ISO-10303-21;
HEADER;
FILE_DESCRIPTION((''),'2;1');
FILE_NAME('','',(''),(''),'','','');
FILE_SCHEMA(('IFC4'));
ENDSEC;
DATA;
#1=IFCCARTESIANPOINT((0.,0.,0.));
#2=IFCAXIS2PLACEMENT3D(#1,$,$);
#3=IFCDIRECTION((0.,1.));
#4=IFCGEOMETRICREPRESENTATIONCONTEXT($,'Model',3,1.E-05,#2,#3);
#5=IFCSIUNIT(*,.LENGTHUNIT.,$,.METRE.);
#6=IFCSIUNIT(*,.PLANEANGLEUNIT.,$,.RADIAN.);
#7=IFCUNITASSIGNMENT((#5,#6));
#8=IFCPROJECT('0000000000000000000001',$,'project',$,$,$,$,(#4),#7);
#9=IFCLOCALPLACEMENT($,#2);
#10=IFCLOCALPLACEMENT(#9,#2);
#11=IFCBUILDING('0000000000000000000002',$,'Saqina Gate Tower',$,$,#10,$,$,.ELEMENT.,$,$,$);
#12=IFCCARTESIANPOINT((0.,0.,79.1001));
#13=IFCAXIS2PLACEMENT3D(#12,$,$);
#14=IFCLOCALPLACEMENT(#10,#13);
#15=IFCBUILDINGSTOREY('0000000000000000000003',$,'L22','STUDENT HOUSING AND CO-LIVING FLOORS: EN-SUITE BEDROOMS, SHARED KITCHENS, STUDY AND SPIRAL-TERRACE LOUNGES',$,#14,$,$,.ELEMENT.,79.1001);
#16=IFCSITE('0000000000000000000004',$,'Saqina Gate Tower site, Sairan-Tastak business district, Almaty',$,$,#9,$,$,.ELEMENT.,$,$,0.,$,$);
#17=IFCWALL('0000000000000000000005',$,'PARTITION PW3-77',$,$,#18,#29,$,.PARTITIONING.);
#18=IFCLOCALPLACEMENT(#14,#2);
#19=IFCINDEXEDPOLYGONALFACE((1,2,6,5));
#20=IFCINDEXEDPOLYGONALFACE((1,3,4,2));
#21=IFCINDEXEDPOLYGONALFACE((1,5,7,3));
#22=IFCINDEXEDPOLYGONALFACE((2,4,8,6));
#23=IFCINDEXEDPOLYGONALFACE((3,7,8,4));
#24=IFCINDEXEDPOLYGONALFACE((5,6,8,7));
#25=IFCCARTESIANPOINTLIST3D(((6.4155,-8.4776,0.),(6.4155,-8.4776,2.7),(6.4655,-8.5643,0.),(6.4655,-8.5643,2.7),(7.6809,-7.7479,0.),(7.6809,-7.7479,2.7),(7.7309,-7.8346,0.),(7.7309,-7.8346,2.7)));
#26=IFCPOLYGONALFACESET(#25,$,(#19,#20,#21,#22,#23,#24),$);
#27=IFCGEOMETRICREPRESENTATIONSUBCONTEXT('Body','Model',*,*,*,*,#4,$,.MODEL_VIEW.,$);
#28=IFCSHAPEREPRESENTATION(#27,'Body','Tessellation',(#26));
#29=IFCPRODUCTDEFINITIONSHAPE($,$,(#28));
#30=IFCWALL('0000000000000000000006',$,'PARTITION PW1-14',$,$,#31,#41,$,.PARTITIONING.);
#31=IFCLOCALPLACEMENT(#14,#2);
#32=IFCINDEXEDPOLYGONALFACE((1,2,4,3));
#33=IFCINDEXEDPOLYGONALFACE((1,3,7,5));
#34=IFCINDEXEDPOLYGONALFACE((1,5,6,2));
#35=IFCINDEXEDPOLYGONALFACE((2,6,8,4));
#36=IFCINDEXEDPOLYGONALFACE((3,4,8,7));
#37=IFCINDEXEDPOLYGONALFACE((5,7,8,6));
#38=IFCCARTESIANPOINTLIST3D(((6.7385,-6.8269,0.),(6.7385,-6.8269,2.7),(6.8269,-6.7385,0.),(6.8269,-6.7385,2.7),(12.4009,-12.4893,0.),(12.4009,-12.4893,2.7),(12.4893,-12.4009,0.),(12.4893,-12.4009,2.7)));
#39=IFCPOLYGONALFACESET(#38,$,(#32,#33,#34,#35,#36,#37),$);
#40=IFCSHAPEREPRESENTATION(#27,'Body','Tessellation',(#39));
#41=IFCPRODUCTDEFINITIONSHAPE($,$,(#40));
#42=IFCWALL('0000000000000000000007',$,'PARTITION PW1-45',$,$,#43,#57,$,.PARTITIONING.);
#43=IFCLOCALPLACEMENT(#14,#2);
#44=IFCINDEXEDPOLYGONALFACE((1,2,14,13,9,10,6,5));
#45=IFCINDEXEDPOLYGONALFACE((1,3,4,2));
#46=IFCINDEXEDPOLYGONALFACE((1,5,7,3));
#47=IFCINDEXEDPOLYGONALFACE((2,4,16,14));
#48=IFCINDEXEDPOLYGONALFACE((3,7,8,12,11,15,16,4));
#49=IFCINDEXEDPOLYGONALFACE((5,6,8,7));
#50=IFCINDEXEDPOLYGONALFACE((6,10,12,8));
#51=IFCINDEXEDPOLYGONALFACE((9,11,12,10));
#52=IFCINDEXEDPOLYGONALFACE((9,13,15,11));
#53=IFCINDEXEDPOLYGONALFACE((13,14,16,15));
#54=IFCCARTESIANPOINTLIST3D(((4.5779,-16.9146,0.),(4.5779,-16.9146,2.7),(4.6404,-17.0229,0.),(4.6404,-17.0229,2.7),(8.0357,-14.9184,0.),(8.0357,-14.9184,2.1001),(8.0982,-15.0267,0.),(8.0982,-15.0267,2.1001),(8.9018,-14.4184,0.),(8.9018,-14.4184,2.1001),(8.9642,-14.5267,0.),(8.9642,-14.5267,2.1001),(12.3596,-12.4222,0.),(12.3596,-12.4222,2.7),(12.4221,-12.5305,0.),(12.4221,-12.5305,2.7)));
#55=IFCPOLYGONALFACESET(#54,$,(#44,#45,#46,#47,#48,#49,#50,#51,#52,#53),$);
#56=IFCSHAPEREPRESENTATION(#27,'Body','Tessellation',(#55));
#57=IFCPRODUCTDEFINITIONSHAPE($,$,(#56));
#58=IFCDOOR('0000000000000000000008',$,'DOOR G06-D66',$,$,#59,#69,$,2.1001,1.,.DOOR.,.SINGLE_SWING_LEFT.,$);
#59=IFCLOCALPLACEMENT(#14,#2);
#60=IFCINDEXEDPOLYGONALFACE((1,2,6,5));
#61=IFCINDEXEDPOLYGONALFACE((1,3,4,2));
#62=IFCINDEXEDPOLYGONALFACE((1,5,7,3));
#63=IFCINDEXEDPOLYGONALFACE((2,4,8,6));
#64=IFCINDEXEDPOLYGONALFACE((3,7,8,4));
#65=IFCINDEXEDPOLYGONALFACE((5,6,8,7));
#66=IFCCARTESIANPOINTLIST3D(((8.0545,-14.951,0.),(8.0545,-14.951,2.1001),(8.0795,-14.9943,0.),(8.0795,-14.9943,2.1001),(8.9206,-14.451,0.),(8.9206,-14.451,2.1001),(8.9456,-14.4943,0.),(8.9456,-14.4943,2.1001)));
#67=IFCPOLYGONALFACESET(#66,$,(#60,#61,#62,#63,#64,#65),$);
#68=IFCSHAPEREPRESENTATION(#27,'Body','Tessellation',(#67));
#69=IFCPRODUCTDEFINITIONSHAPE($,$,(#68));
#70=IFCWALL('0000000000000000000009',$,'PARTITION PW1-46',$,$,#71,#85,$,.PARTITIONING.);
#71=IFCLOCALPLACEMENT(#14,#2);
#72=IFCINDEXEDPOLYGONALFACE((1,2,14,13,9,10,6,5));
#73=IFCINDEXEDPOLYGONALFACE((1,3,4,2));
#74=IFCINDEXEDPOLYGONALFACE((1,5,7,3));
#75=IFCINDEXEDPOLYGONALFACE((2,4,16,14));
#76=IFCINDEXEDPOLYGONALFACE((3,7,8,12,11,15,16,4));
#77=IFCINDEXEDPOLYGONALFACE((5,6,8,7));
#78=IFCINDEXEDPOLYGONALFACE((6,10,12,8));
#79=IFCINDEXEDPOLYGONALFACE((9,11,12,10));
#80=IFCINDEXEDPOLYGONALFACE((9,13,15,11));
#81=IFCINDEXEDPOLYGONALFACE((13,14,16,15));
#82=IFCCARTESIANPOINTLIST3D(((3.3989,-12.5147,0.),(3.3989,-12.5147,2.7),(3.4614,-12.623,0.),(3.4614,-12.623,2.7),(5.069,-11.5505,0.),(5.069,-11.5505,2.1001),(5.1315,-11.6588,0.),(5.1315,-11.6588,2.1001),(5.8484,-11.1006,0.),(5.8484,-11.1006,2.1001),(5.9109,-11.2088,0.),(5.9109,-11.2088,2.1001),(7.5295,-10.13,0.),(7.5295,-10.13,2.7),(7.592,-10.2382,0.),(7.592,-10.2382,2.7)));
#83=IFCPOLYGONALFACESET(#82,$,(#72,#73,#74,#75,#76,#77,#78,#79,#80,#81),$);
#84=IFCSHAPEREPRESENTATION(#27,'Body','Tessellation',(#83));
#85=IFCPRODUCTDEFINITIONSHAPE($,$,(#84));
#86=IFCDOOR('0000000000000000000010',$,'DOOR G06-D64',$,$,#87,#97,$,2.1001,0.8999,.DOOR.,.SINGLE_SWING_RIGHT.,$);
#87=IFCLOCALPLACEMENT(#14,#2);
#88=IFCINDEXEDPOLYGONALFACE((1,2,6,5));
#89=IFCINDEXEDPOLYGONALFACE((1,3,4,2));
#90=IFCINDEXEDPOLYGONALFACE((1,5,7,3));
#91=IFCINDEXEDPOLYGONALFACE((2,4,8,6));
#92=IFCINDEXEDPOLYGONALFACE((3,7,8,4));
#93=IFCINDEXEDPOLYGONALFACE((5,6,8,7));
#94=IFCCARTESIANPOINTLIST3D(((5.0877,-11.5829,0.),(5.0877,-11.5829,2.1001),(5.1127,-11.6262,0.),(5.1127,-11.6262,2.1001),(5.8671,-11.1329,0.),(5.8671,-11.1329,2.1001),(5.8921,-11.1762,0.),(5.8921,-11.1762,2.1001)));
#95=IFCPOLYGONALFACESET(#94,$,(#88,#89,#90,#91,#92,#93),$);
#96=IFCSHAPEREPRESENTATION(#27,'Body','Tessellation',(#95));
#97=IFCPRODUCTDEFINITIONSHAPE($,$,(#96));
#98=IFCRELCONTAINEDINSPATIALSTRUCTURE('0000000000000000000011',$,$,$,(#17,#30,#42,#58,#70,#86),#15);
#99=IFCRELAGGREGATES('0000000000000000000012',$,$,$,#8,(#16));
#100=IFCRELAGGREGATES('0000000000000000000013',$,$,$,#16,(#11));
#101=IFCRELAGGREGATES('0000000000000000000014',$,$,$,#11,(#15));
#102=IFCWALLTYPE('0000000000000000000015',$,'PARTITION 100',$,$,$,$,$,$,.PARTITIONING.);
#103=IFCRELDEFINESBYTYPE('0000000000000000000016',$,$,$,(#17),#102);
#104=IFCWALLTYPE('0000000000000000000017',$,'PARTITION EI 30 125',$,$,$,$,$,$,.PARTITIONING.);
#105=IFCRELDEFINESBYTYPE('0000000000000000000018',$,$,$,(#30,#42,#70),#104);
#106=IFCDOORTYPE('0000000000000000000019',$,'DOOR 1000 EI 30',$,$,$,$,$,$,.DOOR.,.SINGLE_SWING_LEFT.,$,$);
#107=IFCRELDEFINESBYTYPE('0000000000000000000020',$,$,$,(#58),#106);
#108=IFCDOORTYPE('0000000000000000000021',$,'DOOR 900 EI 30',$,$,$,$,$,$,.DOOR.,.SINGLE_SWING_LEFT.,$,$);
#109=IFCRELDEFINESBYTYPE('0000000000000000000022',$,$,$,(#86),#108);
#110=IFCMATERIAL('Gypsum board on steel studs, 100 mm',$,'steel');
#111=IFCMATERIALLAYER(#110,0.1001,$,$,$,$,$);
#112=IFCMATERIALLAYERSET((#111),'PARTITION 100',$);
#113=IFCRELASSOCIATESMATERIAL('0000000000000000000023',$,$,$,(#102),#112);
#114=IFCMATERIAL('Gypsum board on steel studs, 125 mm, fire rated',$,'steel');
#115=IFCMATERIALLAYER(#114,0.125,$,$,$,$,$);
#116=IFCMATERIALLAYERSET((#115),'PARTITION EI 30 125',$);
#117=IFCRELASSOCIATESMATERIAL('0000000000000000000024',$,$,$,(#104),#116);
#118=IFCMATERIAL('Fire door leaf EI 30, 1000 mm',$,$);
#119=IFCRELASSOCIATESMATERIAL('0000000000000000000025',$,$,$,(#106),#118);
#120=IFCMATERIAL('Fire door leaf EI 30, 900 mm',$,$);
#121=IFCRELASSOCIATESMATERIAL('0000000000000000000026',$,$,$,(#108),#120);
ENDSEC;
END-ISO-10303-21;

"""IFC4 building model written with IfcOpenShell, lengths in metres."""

from ifc_helpers import new_model, si_unit, direction, frame, frame_2d, origin, place, context, subcontext, project, spatial, rectangle, extrude, material, layer, layer_set, type_object, element, fill, save


model = new_model("IFC4")

# Units and contexts
model_context = context("Model", 3, precision=1e-05, world=origin(), true_north=direction((0.0, 1.0)))
body_context = subcontext(model_context, "Body", "Model", "MODEL_VIEW")
ifc_project = project(units=[si_unit("LENGTHUNIT", "METRE"), si_unit("PLANEANGLEUNIT", "RADIAN")], contexts=[model_context])

# Site, building, storey
site_placement = place(None, origin())
site = spatial("IfcSite", under=ifc_project, at=site_placement, Name="Saqina Gate Tower site, Sairan-Tastak business district, Almaty", CompositionType="ELEMENT", RefElevation=0.0)
building_placement = place(site_placement, origin())
building = spatial("IfcBuilding", under=site, at=building_placement, Name="Saqina Gate Tower", CompositionType="ELEMENT")
storey_placement = place(building_placement, frame((0.0, 0.0, 79.1001)))
storey = spatial("IfcBuildingStorey", under=building, at=storey_placement, Name="L22", Description="STUDENT HOUSING AND CO-LIVING FLOORS: EN-SUITE BEDROOMS, SHARED KITCHENS, STUDY AND SPIRAL-TERRACE LOUNGES", CompositionType="ELEMENT", Elevation=79.1001)

# Shared definitions
ifc_material_1 = material(Name="Gypsum board on steel studs, 100 mm", Category="steel")
ifc_layer_1 = layer(ifc_material_1, 0.1001)
ifc_layer_set_1 = layer_set([ifc_layer_1], Name="PARTITION 100")
wall_type_1 = type_object("IfcWallType", Name="PARTITION 100", PredefinedType="PARTITIONING", material=ifc_layer_set_1)

# Walls
wall_1_placement = place(storey_placement, frame((6.4404, -8.521, 0.0), z_axis=(0.0, 0.0, 1.0), x_axis=(0.866272, 0.499573, 0.0)))
element("IfcWall", 1, at=wall_1_placement, inside=storey, type_object=wall_type_1, Name="PARTITION PW3-77", PredefinedType="PARTITIONING", context=body_context, shape_type="SweptSolid", body=[
    extrude(rectangle(XDim=1.4607, YDim=0.1001, at=frame_2d((0.7305, 0.0))), origin(), (0.0, 0.0, 1.0), 2.7),
])
ifc_material_2 = material(Name="Gypsum board on steel studs, 125 mm, fire rated", Category="steel")
ifc_layer_2 = layer(ifc_material_2, 0.125)
ifc_layer_set_2 = layer_set([ifc_layer_2], Name="PARTITION EI 30 125")
wall_type_2 = type_object("IfcWallType", Name="PARTITION EI 30 125", PredefinedType="PARTITIONING", material=ifc_layer_set_2)
wall_2_placement = place(storey_placement, frame((6.7827, -6.7827, 0.0), z_axis=(0.0, 0.0, 1.0), x_axis=(0.707107, -0.707107, 0.0)))
element("IfcWall", 2, at=wall_2_placement, inside=storey, type_object=wall_type_2, Name="PARTITION PW1-14", PredefinedType="PARTITIONING", context=body_context, shape_type="SweptSolid", body=[
    extrude(rectangle(XDim=8.0078, YDim=0.125, at=frame_2d((4.0039, 0.0))), origin(), (0.0, 0.0, 1.0), 2.7),
])

# Walls, openings, doors
wall_3_placement = place(storey_placement, frame((4.6091, -16.9688, 0.0), z_axis=(0.0, 0.0, 1.0), x_axis=(0.866043, 0.49997, 0.0)))
wall_3 = element("IfcWall", 3, at=wall_3_placement, inside=storey, type_object=wall_type_2, Name="PARTITION PW1-45", PredefinedType="PARTITIONING", context=body_context, shape_type="SweptSolid", body=[
    extrude(rectangle(XDim=8.9854, YDim=0.125, at=frame_2d((4.4927, 0.0))), origin(), (0.0, 0.0, 1.0), 2.7),
])
opening_1_placement = place(wall_3_placement, frame((3.9927, 0.0, 0.0)))
opening_1 = element("IfcOpeningElement", 4, at=opening_1_placement, cuts=wall_3, PredefinedType="OPENING", context=body_context, shape_type="SweptSolid", body=[
    extrude(rectangle(XDim=1.0, YDim=2.1001, at=frame_2d((0.5, 1.05))), frame((0.0, 0.0745, 0.0), z_axis=(0.0, -1.0, 0.0), x_axis=(1.0, 0.0, 0.0)), (0.0, 0.0, 1.0), 0.1489),
])
ifc_material_3 = material(Name="Fire door leaf EI 30, 1000 mm")
door_type_1 = type_object("IfcDoorType", Name="DOOR 1000 EI 30", OperationType="SINGLE_SWING_LEFT", PredefinedType="DOOR", material=ifc_material_3)
door_1_placement = place(opening_1_placement, origin())
door_1 = element("IfcDoor", 5, at=door_1_placement, inside=storey, type_object=door_type_1, Name="DOOR G06-D66", OperationType="SINGLE_SWING_LEFT", OverallHeight=2.1001, OverallWidth=1.0, PredefinedType="DOOR", context=body_context, shape_type="SweptSolid", body=[
    extrude(rectangle(XDim=1.0, YDim=2.1001, at=frame_2d((0.5, 1.05))), frame((0.0, 0.0249, 0.0), z_axis=(0.0, -1.0, 0.0), x_axis=(1.0, 0.0, 0.0)), (0.0, 0.0, 1.0), 0.05),
])
fill(opening_1, door_1)
wall_4_placement = place(storey_placement, frame((3.4302, -12.5688, 0.0), z_axis=(0.0, 0.0, 1.0), x_axis=(0.86603, 0.499993, 0.0)))
wall_4 = element("IfcWall", 6, at=wall_4_placement, inside=storey, type_object=wall_type_2, Name="PARTITION PW1-46", PredefinedType="PARTITIONING", context=body_context, shape_type="SweptSolid", body=[
    extrude(rectangle(XDim=4.7695, YDim=0.125, at=frame_2d((2.3848, 0.0))), origin(), (0.0, 0.0, 1.0), 2.7),
])
opening_2_placement = place(wall_4_placement, frame((1.9285, 0.0, 0.0)))
opening_2 = element("IfcOpeningElement", 7, at=opening_2_placement, cuts=wall_4, PredefinedType="OPENING", context=body_context, shape_type="SweptSolid", body=[
    extrude(rectangle(XDim=0.8999, YDim=2.1001, at=frame_2d((0.45, 1.05))), frame((0.0, 0.0745, 0.0), z_axis=(0.0, -1.0, 0.0), x_axis=(1.0, 0.0, 0.0)), (0.0, 0.0, 1.0), 0.1489),
])
ifc_material_4 = material(Name="Fire door leaf EI 30, 900 mm")
door_type_2 = type_object("IfcDoorType", Name="DOOR 900 EI 30", OperationType="SINGLE_SWING_LEFT", PredefinedType="DOOR", material=ifc_material_4)
door_2_placement = place(opening_2_placement, frame((0.8999, 0.0, 0.0), z_axis=(0.0, 0.0, 1.0), x_axis=(-1.0, 0.0, 0.0)))
door_2 = element("IfcDoor", 8, at=door_2_placement, inside=storey, type_object=door_type_2, Name="DOOR G06-D64", OperationType="SINGLE_SWING_RIGHT", OverallHeight=2.1001, OverallWidth=0.8999, PredefinedType="DOOR", context=body_context, shape_type="SweptSolid", body=[
    extrude(rectangle(XDim=0.8999, YDim=2.1001, at=frame_2d((0.45, 1.05))), frame((0.0, 0.0249, 0.0), z_axis=(0.0, -1.0, 0.0), x_axis=(1.0, 0.0, 0.0)), (0.0, 0.0, 1.0), 0.05),
])
fill(opening_2, door_2)

save(model, "model.ifc")
